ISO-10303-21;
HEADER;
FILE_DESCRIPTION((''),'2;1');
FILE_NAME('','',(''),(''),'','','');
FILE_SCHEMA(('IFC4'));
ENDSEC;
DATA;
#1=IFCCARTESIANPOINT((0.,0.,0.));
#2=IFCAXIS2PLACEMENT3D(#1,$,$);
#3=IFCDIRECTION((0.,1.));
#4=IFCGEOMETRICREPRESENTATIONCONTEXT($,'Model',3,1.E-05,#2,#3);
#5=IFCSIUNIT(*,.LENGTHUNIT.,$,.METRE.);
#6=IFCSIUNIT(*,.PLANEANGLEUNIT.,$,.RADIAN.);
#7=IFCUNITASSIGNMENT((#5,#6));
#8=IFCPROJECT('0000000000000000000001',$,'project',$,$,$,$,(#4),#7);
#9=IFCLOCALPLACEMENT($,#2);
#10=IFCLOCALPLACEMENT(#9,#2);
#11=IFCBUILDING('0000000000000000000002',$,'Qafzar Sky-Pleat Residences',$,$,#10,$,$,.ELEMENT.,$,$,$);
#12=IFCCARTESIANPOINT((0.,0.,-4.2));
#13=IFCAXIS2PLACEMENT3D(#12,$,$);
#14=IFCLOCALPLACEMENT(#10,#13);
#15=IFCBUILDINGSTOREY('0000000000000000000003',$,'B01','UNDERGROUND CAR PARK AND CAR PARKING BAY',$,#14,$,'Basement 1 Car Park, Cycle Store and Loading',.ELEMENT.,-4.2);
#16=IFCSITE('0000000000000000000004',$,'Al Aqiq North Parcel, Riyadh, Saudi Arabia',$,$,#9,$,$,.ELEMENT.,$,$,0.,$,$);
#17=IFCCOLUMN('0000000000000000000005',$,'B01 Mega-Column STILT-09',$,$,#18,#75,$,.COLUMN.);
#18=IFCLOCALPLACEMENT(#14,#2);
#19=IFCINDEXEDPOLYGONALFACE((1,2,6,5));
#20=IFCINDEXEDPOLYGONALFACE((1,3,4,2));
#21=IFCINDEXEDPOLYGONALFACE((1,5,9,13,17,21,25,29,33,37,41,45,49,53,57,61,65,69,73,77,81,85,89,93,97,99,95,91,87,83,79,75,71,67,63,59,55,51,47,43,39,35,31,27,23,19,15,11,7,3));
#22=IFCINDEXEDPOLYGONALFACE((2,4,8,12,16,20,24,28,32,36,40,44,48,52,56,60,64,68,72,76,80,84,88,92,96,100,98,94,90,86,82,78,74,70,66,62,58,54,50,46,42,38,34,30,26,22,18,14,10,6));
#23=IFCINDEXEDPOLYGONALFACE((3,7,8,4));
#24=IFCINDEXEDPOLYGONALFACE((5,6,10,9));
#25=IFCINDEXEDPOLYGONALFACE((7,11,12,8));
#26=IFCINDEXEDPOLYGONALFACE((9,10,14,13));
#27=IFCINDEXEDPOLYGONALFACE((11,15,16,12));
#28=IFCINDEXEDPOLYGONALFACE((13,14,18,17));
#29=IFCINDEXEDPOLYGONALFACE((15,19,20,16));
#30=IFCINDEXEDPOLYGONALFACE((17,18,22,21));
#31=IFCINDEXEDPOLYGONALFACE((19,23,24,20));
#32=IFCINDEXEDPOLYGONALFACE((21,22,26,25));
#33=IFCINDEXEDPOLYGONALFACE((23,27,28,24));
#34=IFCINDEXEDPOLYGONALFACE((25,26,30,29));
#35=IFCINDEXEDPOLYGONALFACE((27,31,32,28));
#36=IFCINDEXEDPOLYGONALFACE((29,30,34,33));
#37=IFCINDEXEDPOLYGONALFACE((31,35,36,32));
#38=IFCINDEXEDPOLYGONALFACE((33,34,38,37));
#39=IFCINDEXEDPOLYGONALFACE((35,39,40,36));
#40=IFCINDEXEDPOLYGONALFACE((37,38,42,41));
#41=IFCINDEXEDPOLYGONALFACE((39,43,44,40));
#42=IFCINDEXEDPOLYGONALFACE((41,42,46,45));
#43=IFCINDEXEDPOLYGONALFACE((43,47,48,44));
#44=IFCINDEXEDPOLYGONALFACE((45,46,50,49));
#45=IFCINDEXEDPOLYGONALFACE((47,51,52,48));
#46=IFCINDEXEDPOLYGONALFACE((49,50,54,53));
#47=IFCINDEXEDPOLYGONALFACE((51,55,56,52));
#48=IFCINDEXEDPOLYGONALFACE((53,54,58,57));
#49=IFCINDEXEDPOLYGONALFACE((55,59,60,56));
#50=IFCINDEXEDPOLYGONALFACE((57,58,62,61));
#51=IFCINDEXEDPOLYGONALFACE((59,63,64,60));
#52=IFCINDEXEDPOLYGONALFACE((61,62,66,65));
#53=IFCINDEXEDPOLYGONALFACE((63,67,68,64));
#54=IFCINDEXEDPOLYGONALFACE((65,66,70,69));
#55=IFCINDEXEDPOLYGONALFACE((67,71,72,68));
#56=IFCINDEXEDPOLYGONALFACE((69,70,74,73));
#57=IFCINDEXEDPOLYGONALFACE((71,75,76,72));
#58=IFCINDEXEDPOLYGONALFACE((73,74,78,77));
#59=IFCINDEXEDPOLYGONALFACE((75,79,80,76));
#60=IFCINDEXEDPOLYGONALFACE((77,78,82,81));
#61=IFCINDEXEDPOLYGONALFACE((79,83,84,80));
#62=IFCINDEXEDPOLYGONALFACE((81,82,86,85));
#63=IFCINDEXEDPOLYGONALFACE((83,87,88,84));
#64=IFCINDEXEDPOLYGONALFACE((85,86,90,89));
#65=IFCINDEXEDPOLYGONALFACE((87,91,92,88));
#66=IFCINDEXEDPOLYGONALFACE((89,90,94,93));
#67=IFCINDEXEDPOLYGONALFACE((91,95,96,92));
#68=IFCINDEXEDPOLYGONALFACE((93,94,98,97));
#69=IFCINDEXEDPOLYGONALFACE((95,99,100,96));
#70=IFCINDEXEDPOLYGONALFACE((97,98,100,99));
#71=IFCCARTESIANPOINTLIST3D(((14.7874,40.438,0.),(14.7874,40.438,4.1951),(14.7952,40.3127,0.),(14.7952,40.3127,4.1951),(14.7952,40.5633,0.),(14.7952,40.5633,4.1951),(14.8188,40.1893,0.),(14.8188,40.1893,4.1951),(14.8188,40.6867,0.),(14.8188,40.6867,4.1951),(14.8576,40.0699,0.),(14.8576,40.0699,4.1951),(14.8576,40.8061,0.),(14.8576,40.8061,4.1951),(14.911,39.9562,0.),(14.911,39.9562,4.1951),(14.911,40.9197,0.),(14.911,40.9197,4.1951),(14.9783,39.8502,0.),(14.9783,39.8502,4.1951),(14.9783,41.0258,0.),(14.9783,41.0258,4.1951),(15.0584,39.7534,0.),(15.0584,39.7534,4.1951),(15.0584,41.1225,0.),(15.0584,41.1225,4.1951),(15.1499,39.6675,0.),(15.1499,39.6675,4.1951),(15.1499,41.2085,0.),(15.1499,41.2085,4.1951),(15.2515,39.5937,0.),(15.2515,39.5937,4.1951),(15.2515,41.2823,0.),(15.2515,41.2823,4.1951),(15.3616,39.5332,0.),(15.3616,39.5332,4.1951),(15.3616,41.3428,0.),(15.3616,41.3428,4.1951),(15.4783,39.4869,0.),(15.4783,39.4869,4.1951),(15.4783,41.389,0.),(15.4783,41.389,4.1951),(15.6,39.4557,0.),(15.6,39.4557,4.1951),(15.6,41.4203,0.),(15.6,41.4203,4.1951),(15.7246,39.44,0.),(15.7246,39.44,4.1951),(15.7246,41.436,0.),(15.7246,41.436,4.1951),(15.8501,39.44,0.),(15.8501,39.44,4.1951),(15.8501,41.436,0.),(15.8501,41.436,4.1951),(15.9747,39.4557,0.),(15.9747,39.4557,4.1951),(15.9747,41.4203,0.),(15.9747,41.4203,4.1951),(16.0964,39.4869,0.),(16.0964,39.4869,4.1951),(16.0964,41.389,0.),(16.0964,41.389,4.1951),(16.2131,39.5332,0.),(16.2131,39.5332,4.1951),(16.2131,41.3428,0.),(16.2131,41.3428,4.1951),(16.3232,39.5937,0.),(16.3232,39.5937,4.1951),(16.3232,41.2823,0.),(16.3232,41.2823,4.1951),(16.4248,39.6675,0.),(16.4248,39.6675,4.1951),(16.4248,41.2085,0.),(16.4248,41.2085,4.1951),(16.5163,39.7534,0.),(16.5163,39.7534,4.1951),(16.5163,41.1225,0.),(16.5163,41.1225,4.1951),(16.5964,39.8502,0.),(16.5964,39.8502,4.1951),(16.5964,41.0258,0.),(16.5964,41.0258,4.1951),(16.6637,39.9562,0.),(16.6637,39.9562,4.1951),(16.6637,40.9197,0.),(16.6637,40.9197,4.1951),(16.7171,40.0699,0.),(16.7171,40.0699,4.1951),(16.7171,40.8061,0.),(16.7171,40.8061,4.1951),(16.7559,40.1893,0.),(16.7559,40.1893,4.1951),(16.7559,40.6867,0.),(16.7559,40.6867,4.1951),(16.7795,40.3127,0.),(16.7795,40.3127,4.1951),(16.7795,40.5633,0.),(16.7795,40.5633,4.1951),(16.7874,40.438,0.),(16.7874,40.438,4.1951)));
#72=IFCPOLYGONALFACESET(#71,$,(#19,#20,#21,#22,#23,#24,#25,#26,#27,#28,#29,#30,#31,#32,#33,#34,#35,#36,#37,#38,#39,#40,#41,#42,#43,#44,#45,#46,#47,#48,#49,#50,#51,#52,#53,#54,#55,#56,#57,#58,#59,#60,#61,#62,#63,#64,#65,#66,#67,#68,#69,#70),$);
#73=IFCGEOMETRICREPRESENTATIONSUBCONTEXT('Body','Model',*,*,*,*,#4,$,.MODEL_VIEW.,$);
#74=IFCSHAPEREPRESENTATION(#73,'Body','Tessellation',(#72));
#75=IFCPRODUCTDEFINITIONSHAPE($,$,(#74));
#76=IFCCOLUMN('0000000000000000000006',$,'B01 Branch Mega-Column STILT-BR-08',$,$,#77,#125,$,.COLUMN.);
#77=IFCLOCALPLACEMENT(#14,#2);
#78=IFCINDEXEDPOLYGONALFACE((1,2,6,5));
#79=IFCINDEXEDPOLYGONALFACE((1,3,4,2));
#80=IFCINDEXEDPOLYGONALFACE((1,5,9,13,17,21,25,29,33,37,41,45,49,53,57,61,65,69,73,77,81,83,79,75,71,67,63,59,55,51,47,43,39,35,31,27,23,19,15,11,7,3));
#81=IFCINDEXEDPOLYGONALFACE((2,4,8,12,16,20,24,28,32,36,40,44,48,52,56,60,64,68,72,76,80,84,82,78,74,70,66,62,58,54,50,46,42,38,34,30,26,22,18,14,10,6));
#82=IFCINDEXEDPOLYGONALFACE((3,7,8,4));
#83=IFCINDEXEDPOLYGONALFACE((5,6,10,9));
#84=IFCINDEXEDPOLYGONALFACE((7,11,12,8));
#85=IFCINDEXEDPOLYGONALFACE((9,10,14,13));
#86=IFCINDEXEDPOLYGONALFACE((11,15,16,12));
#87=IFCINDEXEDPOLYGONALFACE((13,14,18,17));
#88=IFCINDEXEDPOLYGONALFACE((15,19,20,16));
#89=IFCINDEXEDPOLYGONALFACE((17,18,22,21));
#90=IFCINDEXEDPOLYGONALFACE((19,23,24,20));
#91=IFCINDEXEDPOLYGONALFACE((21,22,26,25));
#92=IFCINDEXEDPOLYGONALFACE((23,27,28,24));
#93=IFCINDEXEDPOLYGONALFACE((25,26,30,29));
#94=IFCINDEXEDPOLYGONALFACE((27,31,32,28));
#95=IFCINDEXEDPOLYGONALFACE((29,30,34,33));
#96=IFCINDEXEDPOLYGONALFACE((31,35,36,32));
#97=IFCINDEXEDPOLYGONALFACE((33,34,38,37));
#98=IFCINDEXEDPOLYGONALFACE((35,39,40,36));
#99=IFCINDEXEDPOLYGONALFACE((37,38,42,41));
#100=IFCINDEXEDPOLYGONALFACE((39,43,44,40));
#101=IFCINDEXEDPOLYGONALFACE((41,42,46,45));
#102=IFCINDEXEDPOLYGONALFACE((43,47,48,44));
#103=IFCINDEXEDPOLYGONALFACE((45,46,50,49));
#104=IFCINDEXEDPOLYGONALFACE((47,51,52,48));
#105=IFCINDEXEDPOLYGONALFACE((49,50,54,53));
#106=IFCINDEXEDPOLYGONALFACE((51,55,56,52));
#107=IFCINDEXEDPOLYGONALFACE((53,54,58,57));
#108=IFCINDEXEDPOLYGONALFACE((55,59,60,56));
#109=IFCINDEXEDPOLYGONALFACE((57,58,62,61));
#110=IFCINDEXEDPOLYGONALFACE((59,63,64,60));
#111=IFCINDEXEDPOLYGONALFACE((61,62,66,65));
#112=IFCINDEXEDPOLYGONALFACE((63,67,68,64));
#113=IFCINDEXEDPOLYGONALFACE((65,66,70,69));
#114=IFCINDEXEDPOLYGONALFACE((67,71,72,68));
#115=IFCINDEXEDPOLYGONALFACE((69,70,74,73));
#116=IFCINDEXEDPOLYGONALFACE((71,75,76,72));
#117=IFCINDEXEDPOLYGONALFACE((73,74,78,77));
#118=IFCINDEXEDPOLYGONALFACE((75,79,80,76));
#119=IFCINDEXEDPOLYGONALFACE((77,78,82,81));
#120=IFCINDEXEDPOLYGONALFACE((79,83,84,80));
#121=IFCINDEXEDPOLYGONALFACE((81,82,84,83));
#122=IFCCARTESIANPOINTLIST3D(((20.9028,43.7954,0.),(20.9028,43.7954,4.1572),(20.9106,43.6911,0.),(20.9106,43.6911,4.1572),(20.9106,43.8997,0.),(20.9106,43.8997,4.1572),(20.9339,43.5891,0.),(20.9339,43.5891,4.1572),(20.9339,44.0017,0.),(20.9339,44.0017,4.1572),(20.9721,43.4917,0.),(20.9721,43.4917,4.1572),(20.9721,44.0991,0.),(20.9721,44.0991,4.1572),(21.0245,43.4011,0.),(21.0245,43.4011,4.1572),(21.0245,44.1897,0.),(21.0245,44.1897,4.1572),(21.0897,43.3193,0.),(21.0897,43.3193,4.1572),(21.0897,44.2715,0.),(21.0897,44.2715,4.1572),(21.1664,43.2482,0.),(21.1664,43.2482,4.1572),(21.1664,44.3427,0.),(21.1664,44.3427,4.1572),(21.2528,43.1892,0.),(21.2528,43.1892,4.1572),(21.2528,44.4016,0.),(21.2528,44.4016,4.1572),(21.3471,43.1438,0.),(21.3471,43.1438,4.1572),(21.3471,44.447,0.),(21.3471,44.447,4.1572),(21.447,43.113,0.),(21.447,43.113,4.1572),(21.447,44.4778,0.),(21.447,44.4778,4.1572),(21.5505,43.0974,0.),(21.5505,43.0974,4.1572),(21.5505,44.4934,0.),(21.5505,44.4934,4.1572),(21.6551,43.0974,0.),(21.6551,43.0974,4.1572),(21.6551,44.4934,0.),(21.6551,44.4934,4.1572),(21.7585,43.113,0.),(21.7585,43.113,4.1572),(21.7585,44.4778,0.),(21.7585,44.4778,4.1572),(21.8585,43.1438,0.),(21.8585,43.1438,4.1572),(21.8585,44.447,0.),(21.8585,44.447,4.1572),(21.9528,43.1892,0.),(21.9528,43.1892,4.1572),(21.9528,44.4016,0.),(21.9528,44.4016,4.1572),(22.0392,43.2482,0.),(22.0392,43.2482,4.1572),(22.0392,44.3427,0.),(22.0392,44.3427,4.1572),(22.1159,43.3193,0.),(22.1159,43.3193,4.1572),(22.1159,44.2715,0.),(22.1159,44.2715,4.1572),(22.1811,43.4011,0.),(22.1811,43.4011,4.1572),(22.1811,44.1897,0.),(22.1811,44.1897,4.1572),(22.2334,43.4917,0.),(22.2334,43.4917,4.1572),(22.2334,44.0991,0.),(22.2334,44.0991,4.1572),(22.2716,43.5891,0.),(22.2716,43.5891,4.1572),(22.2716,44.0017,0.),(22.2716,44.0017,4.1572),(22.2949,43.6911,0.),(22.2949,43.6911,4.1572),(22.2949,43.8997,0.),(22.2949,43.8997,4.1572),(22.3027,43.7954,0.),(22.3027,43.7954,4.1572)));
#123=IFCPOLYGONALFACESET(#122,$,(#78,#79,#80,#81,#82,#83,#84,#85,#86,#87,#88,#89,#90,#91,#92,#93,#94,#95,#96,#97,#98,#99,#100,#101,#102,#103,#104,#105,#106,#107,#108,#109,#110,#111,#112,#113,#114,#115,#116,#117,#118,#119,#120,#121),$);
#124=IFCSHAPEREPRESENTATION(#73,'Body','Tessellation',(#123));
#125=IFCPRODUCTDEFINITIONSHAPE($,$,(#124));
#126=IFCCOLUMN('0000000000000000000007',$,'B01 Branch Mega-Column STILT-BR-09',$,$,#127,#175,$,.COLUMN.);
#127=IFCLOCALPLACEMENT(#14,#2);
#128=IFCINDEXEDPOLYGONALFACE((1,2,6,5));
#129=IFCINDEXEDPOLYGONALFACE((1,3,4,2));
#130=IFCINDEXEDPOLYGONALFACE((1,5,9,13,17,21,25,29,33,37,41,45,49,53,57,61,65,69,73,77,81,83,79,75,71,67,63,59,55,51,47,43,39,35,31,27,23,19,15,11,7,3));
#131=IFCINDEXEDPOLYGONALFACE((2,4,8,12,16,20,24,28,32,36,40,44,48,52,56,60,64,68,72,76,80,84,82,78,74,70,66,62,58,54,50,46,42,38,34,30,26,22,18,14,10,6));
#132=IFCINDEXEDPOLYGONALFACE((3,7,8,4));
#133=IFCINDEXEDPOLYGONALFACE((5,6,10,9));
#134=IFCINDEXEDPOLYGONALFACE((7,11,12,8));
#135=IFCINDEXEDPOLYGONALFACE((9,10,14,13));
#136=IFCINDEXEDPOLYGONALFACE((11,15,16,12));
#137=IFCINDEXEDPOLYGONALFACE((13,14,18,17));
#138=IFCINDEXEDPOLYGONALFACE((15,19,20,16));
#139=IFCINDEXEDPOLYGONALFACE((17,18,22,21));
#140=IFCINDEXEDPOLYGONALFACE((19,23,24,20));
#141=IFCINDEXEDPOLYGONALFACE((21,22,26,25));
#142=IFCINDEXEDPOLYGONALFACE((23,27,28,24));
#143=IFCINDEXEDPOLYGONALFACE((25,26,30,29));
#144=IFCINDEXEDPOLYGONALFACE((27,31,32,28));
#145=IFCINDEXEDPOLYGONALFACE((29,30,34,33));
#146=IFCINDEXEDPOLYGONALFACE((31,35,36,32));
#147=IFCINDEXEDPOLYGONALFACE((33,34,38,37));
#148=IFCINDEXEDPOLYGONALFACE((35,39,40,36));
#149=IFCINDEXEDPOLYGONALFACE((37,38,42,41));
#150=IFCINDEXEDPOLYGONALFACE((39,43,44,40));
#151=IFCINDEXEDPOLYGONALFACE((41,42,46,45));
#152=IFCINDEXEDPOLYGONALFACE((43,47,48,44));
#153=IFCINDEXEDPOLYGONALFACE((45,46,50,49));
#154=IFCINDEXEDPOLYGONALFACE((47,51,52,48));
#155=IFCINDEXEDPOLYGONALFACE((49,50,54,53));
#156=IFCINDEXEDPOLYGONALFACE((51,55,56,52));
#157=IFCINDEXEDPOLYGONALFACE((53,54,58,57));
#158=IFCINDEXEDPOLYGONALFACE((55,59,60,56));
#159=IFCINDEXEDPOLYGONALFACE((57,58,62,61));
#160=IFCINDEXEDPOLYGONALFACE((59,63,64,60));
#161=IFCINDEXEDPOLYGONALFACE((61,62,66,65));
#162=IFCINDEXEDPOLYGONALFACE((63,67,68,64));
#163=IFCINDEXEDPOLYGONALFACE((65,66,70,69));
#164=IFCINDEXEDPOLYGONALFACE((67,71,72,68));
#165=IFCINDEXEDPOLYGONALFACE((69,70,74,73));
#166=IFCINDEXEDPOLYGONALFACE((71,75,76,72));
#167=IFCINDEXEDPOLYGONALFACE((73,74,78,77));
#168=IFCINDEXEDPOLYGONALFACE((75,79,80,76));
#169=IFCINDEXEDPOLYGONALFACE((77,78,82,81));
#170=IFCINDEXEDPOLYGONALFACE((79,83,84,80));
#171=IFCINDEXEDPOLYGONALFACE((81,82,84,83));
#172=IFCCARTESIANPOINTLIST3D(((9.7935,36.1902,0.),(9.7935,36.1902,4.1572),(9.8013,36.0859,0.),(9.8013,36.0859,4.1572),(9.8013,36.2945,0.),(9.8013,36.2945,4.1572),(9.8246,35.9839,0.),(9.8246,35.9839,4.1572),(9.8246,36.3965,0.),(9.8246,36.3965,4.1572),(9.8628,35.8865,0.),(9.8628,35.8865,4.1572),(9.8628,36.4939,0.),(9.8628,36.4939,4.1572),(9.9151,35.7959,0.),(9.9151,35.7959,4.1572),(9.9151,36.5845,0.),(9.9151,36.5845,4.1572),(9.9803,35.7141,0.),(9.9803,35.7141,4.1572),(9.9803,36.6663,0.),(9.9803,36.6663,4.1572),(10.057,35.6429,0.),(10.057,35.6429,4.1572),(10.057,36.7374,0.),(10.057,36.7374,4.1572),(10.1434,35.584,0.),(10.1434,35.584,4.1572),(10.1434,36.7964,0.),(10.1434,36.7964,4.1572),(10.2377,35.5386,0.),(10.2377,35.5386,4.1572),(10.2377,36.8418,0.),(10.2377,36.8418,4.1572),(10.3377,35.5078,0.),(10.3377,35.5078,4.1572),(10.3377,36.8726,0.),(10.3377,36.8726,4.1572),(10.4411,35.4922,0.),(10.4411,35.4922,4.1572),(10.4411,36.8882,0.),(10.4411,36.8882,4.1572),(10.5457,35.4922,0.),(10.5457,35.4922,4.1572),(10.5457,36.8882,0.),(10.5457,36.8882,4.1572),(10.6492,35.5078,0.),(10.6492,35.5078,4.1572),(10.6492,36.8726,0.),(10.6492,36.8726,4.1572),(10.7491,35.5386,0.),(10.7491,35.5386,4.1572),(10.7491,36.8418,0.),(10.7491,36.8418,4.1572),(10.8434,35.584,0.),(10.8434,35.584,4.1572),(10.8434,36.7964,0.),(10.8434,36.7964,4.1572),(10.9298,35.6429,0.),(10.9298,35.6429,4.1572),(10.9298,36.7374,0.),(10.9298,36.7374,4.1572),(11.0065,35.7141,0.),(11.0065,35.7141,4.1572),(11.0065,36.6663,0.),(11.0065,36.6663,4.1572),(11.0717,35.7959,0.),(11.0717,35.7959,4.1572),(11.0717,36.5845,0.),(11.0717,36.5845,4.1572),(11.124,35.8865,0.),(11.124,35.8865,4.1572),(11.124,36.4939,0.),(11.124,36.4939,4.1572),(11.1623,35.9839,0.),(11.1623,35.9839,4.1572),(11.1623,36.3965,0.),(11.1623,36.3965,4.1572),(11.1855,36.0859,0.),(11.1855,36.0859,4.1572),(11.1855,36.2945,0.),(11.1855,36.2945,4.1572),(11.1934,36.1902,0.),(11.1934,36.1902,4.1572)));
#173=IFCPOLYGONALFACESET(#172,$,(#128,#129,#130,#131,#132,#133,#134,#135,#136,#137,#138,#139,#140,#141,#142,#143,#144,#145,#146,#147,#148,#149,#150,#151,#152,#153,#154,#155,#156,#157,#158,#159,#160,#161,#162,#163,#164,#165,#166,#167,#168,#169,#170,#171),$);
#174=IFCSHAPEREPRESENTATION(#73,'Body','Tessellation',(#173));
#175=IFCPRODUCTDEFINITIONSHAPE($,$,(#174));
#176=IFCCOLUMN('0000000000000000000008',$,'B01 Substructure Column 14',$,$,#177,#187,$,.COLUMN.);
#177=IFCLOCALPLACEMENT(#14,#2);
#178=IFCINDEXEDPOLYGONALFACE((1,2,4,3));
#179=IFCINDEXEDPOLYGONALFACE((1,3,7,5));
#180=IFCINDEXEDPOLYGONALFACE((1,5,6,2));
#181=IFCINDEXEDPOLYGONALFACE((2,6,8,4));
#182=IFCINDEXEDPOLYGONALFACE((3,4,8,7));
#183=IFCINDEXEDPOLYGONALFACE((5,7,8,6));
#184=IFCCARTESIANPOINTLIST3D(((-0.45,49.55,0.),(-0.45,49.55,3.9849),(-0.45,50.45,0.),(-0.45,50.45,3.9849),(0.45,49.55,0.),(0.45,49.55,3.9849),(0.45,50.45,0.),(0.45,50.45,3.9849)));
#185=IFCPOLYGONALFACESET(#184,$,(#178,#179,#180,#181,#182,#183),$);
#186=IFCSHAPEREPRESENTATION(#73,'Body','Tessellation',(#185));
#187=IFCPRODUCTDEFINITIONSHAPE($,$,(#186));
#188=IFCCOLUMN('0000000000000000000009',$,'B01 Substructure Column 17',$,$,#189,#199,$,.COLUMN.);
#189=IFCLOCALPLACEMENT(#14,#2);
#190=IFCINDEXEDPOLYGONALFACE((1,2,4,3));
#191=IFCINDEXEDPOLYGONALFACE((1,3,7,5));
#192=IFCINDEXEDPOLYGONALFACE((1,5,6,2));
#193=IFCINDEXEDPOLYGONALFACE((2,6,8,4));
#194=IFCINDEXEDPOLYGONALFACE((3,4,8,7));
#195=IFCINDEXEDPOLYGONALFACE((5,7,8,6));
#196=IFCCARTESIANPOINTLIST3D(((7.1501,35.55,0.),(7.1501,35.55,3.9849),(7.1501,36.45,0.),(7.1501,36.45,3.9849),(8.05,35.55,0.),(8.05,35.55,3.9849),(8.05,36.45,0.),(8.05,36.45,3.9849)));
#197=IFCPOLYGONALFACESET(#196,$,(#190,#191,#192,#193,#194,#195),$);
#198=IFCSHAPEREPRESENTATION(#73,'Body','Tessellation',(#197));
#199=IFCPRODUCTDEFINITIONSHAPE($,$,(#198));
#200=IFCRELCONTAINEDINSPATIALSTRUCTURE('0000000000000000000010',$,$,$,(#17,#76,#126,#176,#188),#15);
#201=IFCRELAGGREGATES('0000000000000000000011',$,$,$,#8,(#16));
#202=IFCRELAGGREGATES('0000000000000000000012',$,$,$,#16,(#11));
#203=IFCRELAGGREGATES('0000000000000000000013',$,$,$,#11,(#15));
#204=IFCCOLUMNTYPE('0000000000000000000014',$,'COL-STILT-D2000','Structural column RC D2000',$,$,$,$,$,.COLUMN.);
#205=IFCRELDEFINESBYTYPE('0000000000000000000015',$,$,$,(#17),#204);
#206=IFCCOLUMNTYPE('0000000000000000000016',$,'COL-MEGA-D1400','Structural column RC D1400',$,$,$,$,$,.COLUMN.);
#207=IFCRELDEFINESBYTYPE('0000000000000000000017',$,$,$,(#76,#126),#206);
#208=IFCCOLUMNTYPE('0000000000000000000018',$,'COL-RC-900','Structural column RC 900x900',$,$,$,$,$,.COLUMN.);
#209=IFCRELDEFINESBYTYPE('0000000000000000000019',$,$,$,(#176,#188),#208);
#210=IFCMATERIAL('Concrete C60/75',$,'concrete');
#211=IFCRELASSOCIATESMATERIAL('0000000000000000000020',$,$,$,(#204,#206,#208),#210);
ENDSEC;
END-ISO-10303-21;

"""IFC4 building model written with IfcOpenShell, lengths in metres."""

from ifc_helpers import new_model, si_unit, direction, frame, origin, origin_2d, place, context, subcontext, project, spatial, rectangle, circle, extrude, source, transform, mapped, material, material_profile, profile_set, type_object, element, save


model = new_model("IFC4")

# Units and contexts
model_context = context("Model", 3, precision=1e-05, world=origin(), true_north=direction((0.0, 1.0)))
body_context = subcontext(model_context, "Body", "Model", "MODEL_VIEW")
ifc_project = project(units=[si_unit("LENGTHUNIT", "METRE"), si_unit("PLANEANGLEUNIT", "RADIAN")], contexts=[model_context])

# Site, building, storey
site_placement = place(None, origin())
site = spatial("IfcSite", under=ifc_project, at=site_placement, Name="Al Aqiq North Parcel, Riyadh, Saudi Arabia", CompositionType="ELEMENT", RefElevation=0.0)
building_placement = place(site_placement, origin())
building = spatial("IfcBuilding", under=site, at=building_placement, Name="Qafzar Sky-Pleat Residences", CompositionType="ELEMENT")
storey_placement = place(building_placement, frame((0.0, 0.0, -4.2)))
storey = spatial("IfcBuildingStorey", under=building, at=storey_placement, Name="B01", Description="UNDERGROUND CAR PARK AND CAR PARKING BAY", LongName="Basement 1 Car Park, Cycle Store and Loading", CompositionType="ELEMENT", Elevation=-4.2)

# Columns
ifc_material_1 = material(Name="Concrete C60/75", Category="concrete")
ifc_material_profile_1 = material_profile(ifc_material_1, circle(Radius=1.0, at=origin_2d()), Name="RC D2000")
ifc_profile_set_1 = profile_set([ifc_material_profile_1], Name="Concrete C60/75")
column_type_1 = type_object("IfcColumnType", Name="COL-STILT-D2000", Description="Structural column RC D2000", PredefinedType="COLUMN", material=ifc_profile_set_1)
shared_shape_1 = source(origin(), body_context, "Body", "SweptSolid", [
    extrude(circle(Radius=1.0, at=origin_2d()), origin(), (0.0, 0.0, 1.0), 4.1951),
])
column_1_placement = place(storey_placement, frame((15.7874, 40.438, 0.0), z_axis=(0.0, 0.0, 1.0), x_axis=(1.0, 0.0, 0.0)))
element("IfcColumn", 1, at=column_1_placement, inside=storey, type_object=column_type_1, Name="B01 Mega-Column STILT-09", PredefinedType="COLUMN", context=body_context, shape_type="MappedRepresentation", body=[
    mapped(shared_shape_1, transform((0.0, 0.0, 0.0), x_axis=(1.0, 0.0, 0.0), y_axis=(0.0, 1.0, 0.0), z_axis=(0.0, 0.0, 1.0), scale=1.0)),
])
ifc_material_profile_2 = material_profile(ifc_material_1, circle(Radius=0.7, at=origin_2d()), Name="RC D1400")
ifc_profile_set_2 = profile_set([ifc_material_profile_2], Name="Concrete C60/75")
column_type_2 = type_object("IfcColumnType", Name="COL-MEGA-D1400", Description="Structural column RC D1400", PredefinedType="COLUMN", material=ifc_profile_set_2)
shared_shape_2 = source(origin(), body_context, "Body", "SweptSolid", [
    extrude(circle(Radius=0.7, at=origin_2d()), origin(), (0.0, 0.0, 1.0), 4.1572),
])
for number, where, z_axis, x_axis, name in (
    (2, (21.6028, 43.7954, 0.0), (0.0, 0.0, 1.0), (1.0, 0.0, 0.0), "B01 Branch Mega-Column STILT-BR-08"),
    (3, (10.4934, 36.1902, 0.0), (0.0, 0.0, 1.0), (1.0, 0.0, 0.0), "B01 Branch Mega-Column STILT-BR-09"),
):
    element("IfcColumn", number, at=place(storey_placement, frame(where, z_axis=z_axis, x_axis=x_axis)), inside=storey, type_object=column_type_2, Name=name, PredefinedType="COLUMN", context=body_context, shape_type="MappedRepresentation", body=[
        mapped(shared_shape_2, transform((0.0, 0.0, 0.0), x_axis=(1.0, 0.0, 0.0), y_axis=(0.0, 1.0, 0.0), z_axis=(0.0, 0.0, 1.0), scale=1.0)),
    ])
ifc_material_profile_3 = material_profile(ifc_material_1, rectangle(XDim=0.8999, YDim=0.8999, at=origin_2d()), Name="RC 900x900")
ifc_profile_set_3 = profile_set([ifc_material_profile_3], Name="Concrete C60/75")
column_type_3 = type_object("IfcColumnType", Name="COL-RC-900", Description="Structural column RC 900x900", PredefinedType="COLUMN", material=ifc_profile_set_3)
shared_shape_3 = source(origin(), body_context, "Body", "SweptSolid", [
    extrude(rectangle(XDim=0.8999, YDim=0.8999, at=origin_2d()), origin(), (0.0, 0.0, 1.0), 3.9849),
])
for number, where, z_axis, x_axis, name in (
    (4, (0.0, 50.0, 0.0), (0.0, 0.0, 1.0), (1.0, 0.0, 0.0), "B01 Substructure Column 14"),
    (5, (7.6001, 36.0, 0.0), (0.0, 0.0, 1.0), (1.0, 0.0, 0.0), "B01 Substructure Column 17"),
):
    element("IfcColumn", number, at=place(storey_placement, frame(where, z_axis=z_axis, x_axis=x_axis)), inside=storey, type_object=column_type_3, Name=name, PredefinedType="COLUMN", context=body_context, shape_type="MappedRepresentation", body=[
        mapped(shared_shape_3, transform((0.0, 0.0, 0.0), x_axis=(1.0, 0.0, 0.0), y_axis=(0.0, 1.0, 0.0), z_axis=(0.0, 0.0, 1.0), scale=1.0)),
    ])

save(model, "model.ifc")
